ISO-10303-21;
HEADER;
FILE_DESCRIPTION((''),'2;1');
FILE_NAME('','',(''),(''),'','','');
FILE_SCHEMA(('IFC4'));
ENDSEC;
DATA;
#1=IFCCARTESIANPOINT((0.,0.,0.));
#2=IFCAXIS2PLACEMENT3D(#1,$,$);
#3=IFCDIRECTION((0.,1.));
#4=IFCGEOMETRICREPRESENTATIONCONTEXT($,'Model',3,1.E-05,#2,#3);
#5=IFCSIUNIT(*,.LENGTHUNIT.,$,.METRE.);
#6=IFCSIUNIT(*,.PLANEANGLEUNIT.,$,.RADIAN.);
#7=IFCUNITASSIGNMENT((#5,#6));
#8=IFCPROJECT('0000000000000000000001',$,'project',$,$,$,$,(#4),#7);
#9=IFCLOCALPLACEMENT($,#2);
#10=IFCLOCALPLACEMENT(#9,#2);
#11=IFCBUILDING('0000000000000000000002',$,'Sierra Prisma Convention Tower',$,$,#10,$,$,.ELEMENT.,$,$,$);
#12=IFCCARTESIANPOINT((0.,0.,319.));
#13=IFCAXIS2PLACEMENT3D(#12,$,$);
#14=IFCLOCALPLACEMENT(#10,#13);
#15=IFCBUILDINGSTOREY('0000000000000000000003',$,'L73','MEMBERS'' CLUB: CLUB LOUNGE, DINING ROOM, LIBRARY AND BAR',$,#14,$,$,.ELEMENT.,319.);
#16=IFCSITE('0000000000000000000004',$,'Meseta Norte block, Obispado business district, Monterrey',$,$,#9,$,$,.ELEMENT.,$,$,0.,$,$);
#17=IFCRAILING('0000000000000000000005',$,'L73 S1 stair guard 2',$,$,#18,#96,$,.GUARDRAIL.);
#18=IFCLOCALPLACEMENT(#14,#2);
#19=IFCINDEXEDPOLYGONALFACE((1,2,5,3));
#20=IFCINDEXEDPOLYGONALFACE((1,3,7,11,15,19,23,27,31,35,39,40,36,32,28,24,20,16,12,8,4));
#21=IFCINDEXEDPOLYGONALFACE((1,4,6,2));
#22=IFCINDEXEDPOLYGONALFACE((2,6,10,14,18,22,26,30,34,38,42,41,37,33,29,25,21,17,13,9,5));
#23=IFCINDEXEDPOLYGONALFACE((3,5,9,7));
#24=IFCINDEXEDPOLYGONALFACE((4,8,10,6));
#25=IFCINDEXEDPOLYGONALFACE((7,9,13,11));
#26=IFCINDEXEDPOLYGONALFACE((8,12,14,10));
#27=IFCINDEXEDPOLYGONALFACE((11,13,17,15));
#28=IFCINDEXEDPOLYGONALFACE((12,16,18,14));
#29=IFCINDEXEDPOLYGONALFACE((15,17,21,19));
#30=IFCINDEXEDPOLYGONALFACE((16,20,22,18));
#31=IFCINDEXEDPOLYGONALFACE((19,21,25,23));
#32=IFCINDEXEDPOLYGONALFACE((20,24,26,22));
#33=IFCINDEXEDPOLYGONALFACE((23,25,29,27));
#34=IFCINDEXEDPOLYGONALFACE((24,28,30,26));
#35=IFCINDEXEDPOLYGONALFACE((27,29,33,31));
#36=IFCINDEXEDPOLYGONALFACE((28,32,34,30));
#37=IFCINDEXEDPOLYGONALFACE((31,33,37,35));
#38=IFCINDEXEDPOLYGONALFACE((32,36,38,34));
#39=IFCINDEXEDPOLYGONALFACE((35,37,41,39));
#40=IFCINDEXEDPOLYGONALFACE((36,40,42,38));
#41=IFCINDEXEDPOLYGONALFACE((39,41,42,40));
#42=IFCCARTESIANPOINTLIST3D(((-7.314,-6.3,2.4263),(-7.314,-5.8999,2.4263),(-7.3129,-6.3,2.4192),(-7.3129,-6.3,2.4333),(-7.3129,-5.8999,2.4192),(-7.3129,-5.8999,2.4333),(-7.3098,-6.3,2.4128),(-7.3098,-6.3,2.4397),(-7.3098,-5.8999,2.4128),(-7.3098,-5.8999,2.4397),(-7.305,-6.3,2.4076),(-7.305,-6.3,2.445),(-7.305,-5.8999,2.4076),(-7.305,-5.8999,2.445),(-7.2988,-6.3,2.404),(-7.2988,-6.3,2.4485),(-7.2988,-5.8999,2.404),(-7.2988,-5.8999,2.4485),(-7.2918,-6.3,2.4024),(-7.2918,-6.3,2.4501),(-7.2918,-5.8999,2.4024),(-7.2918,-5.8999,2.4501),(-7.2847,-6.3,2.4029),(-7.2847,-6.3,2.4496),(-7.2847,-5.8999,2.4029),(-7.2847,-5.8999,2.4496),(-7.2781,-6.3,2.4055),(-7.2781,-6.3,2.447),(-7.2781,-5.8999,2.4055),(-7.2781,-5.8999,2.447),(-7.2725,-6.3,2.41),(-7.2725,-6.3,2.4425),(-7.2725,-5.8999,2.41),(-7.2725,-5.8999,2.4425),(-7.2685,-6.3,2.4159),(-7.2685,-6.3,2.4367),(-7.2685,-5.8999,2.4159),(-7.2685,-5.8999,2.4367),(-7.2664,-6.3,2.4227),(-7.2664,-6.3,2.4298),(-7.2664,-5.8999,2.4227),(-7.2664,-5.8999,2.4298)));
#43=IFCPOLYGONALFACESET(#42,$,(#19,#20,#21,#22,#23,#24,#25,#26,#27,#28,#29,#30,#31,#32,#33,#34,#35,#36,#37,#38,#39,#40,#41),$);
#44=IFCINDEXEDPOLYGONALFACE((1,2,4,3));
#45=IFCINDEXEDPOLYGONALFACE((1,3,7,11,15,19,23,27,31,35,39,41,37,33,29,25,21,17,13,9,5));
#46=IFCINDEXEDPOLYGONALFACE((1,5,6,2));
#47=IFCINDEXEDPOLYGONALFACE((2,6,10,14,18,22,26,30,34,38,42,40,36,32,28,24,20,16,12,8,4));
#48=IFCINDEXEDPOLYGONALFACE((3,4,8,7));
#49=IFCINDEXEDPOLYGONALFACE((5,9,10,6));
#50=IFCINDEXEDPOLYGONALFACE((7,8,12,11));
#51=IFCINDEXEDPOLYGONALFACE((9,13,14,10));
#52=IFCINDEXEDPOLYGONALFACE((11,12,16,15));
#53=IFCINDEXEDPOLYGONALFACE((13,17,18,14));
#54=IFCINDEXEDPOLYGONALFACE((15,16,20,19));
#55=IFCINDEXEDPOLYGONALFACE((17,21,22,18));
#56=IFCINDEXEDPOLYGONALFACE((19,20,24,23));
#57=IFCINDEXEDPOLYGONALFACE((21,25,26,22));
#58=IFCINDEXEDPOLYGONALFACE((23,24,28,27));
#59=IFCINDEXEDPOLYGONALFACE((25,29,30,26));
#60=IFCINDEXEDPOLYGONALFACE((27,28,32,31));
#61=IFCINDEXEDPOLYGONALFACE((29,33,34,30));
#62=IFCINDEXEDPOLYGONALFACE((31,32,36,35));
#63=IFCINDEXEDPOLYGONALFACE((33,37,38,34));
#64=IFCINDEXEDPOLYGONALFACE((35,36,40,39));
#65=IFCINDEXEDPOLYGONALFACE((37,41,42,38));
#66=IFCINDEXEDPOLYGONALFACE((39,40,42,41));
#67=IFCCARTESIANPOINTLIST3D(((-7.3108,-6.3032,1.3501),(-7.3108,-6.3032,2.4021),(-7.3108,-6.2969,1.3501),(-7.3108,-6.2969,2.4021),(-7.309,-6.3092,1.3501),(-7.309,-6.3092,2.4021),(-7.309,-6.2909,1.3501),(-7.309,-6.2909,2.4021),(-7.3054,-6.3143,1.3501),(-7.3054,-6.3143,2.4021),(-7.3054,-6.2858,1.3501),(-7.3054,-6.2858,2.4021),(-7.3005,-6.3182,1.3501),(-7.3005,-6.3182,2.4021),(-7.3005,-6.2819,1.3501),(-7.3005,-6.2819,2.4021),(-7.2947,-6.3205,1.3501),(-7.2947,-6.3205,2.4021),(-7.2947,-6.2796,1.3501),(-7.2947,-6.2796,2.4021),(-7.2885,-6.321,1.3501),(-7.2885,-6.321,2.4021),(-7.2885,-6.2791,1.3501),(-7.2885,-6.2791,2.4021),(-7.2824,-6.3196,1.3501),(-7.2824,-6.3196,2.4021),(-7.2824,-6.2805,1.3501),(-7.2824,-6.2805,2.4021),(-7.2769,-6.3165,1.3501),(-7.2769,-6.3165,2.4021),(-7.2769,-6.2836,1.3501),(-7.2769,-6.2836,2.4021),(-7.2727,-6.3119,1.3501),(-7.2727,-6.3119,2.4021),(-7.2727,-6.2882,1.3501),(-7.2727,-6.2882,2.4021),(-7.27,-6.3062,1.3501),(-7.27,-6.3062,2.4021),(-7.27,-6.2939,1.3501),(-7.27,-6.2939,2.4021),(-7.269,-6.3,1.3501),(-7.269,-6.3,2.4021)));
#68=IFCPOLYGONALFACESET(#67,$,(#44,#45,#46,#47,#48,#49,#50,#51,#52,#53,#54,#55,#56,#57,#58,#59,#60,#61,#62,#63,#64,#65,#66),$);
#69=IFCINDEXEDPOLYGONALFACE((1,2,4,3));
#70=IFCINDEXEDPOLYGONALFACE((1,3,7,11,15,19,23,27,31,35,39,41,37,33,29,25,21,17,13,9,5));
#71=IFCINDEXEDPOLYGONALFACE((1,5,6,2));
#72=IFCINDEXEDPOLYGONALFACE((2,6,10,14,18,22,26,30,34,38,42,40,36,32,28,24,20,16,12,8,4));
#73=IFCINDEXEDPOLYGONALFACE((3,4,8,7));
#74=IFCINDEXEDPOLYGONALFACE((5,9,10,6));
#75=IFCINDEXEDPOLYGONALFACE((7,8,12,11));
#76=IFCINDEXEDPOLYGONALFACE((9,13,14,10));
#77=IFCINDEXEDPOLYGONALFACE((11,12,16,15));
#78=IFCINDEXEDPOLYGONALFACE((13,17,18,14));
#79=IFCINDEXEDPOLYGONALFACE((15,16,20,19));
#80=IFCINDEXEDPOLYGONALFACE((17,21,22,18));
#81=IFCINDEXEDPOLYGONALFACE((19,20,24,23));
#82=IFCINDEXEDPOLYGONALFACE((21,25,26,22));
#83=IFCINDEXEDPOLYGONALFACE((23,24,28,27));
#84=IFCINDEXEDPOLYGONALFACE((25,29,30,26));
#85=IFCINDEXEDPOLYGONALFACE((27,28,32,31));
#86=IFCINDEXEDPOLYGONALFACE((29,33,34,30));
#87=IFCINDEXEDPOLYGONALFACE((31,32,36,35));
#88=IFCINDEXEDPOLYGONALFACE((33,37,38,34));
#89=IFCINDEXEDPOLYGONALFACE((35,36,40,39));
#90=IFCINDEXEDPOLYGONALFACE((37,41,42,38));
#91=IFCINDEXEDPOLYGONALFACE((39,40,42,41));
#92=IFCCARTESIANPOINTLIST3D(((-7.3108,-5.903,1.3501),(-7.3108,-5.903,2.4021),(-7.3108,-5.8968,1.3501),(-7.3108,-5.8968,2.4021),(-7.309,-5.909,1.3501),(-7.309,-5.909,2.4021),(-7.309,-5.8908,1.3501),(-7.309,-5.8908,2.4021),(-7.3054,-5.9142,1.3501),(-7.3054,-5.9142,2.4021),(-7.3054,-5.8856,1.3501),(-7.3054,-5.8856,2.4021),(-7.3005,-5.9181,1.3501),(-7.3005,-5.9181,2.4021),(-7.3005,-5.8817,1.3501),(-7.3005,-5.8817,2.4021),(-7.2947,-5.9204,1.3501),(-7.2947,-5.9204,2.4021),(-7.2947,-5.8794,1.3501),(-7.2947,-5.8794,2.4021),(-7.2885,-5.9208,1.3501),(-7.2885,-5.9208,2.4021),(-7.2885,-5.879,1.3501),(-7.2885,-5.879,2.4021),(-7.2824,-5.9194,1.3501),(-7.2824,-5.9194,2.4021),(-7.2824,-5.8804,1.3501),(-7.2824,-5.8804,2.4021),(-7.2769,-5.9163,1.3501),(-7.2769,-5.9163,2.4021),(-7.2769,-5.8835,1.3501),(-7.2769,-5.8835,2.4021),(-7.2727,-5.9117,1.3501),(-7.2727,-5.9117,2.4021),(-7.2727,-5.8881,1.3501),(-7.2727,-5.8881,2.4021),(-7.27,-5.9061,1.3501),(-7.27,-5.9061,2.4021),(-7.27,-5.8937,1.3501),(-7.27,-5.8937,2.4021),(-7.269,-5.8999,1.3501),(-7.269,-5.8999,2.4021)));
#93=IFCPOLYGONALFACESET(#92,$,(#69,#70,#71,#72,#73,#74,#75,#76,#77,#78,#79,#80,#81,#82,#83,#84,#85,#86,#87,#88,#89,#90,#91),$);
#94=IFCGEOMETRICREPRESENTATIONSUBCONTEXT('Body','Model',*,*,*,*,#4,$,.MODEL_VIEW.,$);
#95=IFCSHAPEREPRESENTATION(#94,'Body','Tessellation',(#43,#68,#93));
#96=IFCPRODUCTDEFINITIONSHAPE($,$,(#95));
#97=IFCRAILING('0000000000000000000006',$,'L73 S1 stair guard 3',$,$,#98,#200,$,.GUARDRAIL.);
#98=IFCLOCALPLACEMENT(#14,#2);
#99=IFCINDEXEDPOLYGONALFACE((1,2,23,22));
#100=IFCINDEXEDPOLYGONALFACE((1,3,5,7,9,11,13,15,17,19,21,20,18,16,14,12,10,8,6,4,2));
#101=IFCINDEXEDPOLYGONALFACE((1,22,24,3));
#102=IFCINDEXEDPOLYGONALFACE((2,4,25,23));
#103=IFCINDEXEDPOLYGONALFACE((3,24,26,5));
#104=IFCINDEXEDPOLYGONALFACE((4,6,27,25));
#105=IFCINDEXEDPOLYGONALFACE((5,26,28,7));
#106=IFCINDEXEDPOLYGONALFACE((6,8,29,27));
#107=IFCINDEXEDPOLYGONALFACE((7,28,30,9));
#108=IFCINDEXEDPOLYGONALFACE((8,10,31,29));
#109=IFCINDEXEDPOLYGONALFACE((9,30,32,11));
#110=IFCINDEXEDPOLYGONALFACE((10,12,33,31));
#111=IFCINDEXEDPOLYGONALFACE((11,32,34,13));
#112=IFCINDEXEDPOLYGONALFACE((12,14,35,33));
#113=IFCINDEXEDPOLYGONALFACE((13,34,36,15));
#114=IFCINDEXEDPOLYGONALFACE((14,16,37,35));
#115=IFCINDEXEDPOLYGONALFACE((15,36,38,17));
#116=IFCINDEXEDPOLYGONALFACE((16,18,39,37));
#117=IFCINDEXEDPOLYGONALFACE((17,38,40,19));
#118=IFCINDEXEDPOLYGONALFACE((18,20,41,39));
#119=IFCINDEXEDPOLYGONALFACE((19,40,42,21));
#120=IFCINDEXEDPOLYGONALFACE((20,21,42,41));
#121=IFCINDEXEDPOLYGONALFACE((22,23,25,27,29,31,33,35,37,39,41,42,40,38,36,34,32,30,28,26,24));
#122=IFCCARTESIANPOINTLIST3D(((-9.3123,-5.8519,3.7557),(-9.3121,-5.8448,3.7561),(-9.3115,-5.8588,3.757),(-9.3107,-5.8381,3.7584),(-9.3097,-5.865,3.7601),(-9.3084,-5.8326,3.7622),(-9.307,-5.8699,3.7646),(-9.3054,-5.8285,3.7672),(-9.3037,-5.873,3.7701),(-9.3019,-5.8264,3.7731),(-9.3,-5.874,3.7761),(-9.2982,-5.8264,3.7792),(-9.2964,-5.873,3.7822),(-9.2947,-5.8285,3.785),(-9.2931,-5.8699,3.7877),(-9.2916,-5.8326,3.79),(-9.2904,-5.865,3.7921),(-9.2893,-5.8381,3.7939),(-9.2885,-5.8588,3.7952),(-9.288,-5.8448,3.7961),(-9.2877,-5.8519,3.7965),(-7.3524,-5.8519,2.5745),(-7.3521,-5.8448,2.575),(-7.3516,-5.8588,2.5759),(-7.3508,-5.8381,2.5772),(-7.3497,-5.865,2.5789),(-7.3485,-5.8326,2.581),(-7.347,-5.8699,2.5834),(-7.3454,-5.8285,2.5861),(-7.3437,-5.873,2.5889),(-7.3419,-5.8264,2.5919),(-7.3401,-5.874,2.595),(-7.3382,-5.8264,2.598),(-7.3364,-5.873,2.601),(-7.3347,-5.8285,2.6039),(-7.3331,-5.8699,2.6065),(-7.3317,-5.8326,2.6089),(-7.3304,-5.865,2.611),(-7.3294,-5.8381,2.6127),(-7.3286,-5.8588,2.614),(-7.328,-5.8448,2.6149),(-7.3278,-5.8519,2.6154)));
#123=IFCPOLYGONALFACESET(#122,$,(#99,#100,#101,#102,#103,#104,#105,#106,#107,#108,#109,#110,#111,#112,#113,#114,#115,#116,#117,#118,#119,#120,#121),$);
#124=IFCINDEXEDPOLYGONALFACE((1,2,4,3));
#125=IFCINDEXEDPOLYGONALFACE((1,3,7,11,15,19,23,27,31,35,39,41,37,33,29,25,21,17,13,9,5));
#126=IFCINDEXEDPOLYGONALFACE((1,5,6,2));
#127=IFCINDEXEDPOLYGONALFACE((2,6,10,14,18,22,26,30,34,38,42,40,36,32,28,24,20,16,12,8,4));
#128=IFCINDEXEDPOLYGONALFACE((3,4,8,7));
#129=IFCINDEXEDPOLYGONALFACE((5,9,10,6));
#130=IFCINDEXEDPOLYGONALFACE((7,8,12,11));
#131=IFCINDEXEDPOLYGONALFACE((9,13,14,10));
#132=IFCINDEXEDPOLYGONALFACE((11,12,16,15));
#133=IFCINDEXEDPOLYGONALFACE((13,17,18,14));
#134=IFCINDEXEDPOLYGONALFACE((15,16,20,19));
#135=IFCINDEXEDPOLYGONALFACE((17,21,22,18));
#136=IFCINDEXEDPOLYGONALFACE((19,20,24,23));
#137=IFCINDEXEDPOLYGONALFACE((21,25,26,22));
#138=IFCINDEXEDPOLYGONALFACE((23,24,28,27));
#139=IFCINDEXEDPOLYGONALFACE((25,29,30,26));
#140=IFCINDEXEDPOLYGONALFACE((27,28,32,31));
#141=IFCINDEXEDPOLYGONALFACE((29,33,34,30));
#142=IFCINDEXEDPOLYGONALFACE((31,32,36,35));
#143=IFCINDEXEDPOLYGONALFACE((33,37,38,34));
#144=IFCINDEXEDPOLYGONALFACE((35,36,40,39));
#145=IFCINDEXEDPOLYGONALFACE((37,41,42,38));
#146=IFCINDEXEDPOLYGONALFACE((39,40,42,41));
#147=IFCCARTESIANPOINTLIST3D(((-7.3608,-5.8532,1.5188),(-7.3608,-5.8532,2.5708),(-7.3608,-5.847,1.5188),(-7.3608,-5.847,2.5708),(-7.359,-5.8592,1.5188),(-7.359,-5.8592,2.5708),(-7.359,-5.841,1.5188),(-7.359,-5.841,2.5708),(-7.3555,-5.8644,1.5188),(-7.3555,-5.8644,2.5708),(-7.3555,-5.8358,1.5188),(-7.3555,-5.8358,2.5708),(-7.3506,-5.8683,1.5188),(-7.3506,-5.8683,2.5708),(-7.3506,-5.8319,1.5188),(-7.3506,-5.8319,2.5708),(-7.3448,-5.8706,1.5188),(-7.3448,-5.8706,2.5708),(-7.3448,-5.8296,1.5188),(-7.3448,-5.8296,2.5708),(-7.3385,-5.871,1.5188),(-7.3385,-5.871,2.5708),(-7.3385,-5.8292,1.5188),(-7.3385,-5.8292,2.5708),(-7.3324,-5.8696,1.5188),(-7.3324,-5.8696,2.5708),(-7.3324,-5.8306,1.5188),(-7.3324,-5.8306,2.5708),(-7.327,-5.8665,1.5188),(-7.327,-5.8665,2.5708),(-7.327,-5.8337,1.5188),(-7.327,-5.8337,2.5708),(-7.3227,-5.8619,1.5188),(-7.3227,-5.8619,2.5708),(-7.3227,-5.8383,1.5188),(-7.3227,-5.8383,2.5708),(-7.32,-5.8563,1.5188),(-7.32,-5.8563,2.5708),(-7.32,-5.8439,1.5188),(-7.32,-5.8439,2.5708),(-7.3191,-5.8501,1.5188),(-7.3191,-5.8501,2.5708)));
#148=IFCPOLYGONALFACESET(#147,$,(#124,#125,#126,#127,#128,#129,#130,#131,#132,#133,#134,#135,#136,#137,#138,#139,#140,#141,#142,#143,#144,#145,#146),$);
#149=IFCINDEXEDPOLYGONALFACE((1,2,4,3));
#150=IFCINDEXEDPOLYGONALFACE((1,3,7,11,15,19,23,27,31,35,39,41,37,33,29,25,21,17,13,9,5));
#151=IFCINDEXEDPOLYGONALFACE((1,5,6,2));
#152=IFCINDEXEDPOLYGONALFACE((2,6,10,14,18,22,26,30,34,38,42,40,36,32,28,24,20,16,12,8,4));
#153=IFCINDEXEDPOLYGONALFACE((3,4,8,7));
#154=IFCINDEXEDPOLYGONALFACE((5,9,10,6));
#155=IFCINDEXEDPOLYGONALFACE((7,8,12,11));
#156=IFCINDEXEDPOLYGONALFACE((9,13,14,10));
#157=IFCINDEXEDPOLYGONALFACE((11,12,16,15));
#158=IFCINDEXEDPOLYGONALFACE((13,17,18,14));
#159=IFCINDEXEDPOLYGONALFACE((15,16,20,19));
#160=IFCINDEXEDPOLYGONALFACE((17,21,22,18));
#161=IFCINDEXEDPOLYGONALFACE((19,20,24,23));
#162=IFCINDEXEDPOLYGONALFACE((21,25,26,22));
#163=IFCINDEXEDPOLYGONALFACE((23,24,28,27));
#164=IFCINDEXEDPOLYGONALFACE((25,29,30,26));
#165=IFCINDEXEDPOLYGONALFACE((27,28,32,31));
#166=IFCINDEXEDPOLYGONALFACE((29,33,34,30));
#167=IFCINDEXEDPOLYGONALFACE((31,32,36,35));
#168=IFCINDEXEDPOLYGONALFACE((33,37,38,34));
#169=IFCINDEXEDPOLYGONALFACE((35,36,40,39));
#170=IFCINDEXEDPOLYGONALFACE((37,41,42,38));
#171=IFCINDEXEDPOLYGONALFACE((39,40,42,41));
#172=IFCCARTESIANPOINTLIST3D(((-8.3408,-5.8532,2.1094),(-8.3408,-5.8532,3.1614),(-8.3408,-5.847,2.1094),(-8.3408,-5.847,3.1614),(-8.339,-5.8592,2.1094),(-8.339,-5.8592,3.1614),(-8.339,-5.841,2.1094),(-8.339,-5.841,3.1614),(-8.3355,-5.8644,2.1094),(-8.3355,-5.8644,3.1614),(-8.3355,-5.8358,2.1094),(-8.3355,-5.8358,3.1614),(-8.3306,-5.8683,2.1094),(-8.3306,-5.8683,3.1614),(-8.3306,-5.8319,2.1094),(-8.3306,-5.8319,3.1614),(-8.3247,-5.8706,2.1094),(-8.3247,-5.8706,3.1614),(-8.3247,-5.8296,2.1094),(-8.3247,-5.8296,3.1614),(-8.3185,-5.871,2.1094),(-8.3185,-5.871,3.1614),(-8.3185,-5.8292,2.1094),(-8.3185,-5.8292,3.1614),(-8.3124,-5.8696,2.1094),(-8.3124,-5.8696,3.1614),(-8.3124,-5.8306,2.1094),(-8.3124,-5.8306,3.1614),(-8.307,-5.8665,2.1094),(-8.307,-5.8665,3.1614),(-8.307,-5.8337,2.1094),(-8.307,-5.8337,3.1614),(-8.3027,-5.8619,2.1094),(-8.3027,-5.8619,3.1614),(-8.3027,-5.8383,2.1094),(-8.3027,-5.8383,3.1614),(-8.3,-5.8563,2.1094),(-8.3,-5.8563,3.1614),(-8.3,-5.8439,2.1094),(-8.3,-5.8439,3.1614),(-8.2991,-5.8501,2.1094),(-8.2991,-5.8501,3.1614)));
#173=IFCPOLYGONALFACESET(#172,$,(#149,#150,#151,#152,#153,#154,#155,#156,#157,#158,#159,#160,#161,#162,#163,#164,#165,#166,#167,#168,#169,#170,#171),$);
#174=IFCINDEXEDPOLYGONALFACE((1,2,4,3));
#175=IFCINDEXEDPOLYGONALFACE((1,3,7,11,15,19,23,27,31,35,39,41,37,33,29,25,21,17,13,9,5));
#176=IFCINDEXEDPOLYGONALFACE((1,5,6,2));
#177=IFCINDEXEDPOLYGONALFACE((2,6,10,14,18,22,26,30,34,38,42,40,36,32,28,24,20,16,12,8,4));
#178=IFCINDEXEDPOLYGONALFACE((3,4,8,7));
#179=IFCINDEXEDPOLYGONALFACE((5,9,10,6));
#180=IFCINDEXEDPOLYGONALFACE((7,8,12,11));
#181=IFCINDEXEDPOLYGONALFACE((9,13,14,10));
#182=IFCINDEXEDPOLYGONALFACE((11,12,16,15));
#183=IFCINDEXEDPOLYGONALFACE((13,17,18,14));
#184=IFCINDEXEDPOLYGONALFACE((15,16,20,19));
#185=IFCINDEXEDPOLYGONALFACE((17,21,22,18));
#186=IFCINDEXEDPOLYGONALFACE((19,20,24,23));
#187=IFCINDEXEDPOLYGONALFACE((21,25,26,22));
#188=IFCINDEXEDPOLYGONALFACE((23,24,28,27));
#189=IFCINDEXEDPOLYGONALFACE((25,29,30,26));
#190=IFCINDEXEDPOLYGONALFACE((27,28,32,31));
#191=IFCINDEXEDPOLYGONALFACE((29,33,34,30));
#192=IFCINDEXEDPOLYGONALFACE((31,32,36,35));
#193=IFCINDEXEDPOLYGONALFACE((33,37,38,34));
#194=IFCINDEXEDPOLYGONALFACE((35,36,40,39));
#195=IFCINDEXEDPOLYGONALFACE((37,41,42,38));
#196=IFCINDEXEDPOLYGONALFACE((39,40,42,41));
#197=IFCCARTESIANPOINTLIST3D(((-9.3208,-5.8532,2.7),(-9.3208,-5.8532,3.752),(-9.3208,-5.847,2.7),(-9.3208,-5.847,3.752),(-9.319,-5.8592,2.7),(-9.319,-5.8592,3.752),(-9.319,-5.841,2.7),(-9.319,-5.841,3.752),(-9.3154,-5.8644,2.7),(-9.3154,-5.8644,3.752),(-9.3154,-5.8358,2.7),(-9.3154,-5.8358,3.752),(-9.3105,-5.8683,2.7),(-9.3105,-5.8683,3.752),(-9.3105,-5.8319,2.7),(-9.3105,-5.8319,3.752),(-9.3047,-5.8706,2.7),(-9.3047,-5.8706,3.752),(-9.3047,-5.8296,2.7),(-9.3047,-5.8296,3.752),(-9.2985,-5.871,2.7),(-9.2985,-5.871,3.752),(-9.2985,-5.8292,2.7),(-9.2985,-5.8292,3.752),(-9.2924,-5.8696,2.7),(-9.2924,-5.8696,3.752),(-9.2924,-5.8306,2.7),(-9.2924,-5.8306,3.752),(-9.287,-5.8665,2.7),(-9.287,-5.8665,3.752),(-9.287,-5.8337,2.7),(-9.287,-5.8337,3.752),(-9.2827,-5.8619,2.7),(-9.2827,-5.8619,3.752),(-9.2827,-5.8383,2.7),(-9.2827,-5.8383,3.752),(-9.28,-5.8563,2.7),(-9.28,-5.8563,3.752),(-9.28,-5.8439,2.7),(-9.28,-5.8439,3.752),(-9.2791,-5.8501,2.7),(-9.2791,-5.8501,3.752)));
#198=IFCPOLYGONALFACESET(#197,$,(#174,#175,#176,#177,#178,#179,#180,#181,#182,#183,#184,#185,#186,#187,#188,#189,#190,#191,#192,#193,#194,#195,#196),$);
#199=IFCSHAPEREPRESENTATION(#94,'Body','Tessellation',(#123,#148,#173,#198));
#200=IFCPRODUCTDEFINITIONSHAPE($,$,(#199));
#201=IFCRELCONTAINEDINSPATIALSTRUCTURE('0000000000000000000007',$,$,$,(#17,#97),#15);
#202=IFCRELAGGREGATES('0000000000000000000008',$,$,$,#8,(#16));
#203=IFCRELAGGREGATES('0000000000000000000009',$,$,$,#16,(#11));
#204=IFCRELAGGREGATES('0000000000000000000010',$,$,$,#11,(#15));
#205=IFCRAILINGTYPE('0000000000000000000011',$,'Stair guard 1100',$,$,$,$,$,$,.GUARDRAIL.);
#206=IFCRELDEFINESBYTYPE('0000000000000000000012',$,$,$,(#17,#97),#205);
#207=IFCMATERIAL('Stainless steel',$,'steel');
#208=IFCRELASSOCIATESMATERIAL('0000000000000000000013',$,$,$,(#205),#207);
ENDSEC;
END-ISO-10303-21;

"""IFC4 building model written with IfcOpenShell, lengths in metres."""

from ifc_helpers import new_model, si_unit, direction, frame, origin, origin_2d, place, context, subcontext, project, spatial, circle, extrude, material, type_object, element, save


model = new_model("IFC4")

# Units and contexts
model_context = context("Model", 3, precision=1e-05, world=origin(), true_north=direction((0.0, 1.0)))
body_context = subcontext(model_context, "Body", "Model", "MODEL_VIEW")
ifc_project = project(units=[si_unit("LENGTHUNIT", "METRE"), si_unit("PLANEANGLEUNIT", "RADIAN")], contexts=[model_context])

# Site, building, storey
site_placement = place(None, origin())
site = spatial("IfcSite", under=ifc_project, at=site_placement, Name="Meseta Norte block, Obispado business district, Monterrey", CompositionType="ELEMENT", RefElevation=0.0)
building_placement = place(site_placement, origin())
building = spatial("IfcBuilding", under=site, at=building_placement, Name="Sierra Prisma Convention Tower", CompositionType="ELEMENT")
storey_placement = place(building_placement, frame((0.0, 0.0, 319.0)))
storey = spatial("IfcBuildingStorey", under=building, at=storey_placement, Name="L73", Description="MEMBERS' CLUB: CLUB LOUNGE, DINING ROOM, LIBRARY AND BAR", CompositionType="ELEMENT", Elevation=319.0)

# Railings
ifc_material_1 = material(Name="Stainless steel", Category="steel")
railing_type_1 = type_object("IfcRailingType", Name="Stair guard 1100", PredefinedType="GUARDRAIL", material=ifc_material_1)
railing_1_placement = place(storey_placement, frame((-7.29, -6.3, 1.3501)))
element("IfcRailing", 1, at=railing_1_placement, inside=storey, type_object=railing_type_1, Name="L73 S1 stair guard 2", PredefinedType="GUARDRAIL", context=body_context, shape_type="SweptSolid", body=[
    extrude(circle(Radius=0.0239, at=origin_2d()), frame((0.0, 0.0, 1.0762), z_axis=(0.0, 1.0, 0.0), x_axis=(-1.0, 0.0, 0.0)), (0.0, 0.0, 1.0), 0.4001),
    extrude(circle(Radius=0.021, at=origin_2d()), origin(), (0.0, 0.0, 1.0), 1.052),
    extrude(circle(Radius=0.021, at=origin_2d()), frame((0.0, 0.4001, 0.0)), (0.0, 0.0, 1.0), 1.052),
])
railing_2_placement = place(storey_placement, frame((-7.3401, -5.8501, 1.5188)))
element("IfcRailing", 2, at=railing_2_placement, inside=storey, type_object=railing_type_1, Name="L73 S1 stair guard 3", PredefinedType="GUARDRAIL", context=body_context, shape_type="SweptSolid", body=[
    extrude(circle(Radius=0.0239, at=origin_2d()), frame((0.0, 0.0, 1.0762), z_axis=(-0.856493, 0.0, 0.516158), x_axis=(0.0, -1.0, 0.0)), (0.0, 0.0, 1.0), 2.2883),
    extrude(circle(Radius=0.021, at=origin_2d()), origin(), (0.0, 0.0, 1.0), 1.052),
    extrude(circle(Radius=0.021, at=origin_2d()), frame((-0.98, 0.0, 0.5906)), (0.0, 0.0, 1.0), 1.052),
    extrude(circle(Radius=0.021, at=origin_2d()), frame((-1.96, 0.0, 1.1812)), (0.0, 0.0, 1.0), 1.052),
])

save(model, "model.ifc")
